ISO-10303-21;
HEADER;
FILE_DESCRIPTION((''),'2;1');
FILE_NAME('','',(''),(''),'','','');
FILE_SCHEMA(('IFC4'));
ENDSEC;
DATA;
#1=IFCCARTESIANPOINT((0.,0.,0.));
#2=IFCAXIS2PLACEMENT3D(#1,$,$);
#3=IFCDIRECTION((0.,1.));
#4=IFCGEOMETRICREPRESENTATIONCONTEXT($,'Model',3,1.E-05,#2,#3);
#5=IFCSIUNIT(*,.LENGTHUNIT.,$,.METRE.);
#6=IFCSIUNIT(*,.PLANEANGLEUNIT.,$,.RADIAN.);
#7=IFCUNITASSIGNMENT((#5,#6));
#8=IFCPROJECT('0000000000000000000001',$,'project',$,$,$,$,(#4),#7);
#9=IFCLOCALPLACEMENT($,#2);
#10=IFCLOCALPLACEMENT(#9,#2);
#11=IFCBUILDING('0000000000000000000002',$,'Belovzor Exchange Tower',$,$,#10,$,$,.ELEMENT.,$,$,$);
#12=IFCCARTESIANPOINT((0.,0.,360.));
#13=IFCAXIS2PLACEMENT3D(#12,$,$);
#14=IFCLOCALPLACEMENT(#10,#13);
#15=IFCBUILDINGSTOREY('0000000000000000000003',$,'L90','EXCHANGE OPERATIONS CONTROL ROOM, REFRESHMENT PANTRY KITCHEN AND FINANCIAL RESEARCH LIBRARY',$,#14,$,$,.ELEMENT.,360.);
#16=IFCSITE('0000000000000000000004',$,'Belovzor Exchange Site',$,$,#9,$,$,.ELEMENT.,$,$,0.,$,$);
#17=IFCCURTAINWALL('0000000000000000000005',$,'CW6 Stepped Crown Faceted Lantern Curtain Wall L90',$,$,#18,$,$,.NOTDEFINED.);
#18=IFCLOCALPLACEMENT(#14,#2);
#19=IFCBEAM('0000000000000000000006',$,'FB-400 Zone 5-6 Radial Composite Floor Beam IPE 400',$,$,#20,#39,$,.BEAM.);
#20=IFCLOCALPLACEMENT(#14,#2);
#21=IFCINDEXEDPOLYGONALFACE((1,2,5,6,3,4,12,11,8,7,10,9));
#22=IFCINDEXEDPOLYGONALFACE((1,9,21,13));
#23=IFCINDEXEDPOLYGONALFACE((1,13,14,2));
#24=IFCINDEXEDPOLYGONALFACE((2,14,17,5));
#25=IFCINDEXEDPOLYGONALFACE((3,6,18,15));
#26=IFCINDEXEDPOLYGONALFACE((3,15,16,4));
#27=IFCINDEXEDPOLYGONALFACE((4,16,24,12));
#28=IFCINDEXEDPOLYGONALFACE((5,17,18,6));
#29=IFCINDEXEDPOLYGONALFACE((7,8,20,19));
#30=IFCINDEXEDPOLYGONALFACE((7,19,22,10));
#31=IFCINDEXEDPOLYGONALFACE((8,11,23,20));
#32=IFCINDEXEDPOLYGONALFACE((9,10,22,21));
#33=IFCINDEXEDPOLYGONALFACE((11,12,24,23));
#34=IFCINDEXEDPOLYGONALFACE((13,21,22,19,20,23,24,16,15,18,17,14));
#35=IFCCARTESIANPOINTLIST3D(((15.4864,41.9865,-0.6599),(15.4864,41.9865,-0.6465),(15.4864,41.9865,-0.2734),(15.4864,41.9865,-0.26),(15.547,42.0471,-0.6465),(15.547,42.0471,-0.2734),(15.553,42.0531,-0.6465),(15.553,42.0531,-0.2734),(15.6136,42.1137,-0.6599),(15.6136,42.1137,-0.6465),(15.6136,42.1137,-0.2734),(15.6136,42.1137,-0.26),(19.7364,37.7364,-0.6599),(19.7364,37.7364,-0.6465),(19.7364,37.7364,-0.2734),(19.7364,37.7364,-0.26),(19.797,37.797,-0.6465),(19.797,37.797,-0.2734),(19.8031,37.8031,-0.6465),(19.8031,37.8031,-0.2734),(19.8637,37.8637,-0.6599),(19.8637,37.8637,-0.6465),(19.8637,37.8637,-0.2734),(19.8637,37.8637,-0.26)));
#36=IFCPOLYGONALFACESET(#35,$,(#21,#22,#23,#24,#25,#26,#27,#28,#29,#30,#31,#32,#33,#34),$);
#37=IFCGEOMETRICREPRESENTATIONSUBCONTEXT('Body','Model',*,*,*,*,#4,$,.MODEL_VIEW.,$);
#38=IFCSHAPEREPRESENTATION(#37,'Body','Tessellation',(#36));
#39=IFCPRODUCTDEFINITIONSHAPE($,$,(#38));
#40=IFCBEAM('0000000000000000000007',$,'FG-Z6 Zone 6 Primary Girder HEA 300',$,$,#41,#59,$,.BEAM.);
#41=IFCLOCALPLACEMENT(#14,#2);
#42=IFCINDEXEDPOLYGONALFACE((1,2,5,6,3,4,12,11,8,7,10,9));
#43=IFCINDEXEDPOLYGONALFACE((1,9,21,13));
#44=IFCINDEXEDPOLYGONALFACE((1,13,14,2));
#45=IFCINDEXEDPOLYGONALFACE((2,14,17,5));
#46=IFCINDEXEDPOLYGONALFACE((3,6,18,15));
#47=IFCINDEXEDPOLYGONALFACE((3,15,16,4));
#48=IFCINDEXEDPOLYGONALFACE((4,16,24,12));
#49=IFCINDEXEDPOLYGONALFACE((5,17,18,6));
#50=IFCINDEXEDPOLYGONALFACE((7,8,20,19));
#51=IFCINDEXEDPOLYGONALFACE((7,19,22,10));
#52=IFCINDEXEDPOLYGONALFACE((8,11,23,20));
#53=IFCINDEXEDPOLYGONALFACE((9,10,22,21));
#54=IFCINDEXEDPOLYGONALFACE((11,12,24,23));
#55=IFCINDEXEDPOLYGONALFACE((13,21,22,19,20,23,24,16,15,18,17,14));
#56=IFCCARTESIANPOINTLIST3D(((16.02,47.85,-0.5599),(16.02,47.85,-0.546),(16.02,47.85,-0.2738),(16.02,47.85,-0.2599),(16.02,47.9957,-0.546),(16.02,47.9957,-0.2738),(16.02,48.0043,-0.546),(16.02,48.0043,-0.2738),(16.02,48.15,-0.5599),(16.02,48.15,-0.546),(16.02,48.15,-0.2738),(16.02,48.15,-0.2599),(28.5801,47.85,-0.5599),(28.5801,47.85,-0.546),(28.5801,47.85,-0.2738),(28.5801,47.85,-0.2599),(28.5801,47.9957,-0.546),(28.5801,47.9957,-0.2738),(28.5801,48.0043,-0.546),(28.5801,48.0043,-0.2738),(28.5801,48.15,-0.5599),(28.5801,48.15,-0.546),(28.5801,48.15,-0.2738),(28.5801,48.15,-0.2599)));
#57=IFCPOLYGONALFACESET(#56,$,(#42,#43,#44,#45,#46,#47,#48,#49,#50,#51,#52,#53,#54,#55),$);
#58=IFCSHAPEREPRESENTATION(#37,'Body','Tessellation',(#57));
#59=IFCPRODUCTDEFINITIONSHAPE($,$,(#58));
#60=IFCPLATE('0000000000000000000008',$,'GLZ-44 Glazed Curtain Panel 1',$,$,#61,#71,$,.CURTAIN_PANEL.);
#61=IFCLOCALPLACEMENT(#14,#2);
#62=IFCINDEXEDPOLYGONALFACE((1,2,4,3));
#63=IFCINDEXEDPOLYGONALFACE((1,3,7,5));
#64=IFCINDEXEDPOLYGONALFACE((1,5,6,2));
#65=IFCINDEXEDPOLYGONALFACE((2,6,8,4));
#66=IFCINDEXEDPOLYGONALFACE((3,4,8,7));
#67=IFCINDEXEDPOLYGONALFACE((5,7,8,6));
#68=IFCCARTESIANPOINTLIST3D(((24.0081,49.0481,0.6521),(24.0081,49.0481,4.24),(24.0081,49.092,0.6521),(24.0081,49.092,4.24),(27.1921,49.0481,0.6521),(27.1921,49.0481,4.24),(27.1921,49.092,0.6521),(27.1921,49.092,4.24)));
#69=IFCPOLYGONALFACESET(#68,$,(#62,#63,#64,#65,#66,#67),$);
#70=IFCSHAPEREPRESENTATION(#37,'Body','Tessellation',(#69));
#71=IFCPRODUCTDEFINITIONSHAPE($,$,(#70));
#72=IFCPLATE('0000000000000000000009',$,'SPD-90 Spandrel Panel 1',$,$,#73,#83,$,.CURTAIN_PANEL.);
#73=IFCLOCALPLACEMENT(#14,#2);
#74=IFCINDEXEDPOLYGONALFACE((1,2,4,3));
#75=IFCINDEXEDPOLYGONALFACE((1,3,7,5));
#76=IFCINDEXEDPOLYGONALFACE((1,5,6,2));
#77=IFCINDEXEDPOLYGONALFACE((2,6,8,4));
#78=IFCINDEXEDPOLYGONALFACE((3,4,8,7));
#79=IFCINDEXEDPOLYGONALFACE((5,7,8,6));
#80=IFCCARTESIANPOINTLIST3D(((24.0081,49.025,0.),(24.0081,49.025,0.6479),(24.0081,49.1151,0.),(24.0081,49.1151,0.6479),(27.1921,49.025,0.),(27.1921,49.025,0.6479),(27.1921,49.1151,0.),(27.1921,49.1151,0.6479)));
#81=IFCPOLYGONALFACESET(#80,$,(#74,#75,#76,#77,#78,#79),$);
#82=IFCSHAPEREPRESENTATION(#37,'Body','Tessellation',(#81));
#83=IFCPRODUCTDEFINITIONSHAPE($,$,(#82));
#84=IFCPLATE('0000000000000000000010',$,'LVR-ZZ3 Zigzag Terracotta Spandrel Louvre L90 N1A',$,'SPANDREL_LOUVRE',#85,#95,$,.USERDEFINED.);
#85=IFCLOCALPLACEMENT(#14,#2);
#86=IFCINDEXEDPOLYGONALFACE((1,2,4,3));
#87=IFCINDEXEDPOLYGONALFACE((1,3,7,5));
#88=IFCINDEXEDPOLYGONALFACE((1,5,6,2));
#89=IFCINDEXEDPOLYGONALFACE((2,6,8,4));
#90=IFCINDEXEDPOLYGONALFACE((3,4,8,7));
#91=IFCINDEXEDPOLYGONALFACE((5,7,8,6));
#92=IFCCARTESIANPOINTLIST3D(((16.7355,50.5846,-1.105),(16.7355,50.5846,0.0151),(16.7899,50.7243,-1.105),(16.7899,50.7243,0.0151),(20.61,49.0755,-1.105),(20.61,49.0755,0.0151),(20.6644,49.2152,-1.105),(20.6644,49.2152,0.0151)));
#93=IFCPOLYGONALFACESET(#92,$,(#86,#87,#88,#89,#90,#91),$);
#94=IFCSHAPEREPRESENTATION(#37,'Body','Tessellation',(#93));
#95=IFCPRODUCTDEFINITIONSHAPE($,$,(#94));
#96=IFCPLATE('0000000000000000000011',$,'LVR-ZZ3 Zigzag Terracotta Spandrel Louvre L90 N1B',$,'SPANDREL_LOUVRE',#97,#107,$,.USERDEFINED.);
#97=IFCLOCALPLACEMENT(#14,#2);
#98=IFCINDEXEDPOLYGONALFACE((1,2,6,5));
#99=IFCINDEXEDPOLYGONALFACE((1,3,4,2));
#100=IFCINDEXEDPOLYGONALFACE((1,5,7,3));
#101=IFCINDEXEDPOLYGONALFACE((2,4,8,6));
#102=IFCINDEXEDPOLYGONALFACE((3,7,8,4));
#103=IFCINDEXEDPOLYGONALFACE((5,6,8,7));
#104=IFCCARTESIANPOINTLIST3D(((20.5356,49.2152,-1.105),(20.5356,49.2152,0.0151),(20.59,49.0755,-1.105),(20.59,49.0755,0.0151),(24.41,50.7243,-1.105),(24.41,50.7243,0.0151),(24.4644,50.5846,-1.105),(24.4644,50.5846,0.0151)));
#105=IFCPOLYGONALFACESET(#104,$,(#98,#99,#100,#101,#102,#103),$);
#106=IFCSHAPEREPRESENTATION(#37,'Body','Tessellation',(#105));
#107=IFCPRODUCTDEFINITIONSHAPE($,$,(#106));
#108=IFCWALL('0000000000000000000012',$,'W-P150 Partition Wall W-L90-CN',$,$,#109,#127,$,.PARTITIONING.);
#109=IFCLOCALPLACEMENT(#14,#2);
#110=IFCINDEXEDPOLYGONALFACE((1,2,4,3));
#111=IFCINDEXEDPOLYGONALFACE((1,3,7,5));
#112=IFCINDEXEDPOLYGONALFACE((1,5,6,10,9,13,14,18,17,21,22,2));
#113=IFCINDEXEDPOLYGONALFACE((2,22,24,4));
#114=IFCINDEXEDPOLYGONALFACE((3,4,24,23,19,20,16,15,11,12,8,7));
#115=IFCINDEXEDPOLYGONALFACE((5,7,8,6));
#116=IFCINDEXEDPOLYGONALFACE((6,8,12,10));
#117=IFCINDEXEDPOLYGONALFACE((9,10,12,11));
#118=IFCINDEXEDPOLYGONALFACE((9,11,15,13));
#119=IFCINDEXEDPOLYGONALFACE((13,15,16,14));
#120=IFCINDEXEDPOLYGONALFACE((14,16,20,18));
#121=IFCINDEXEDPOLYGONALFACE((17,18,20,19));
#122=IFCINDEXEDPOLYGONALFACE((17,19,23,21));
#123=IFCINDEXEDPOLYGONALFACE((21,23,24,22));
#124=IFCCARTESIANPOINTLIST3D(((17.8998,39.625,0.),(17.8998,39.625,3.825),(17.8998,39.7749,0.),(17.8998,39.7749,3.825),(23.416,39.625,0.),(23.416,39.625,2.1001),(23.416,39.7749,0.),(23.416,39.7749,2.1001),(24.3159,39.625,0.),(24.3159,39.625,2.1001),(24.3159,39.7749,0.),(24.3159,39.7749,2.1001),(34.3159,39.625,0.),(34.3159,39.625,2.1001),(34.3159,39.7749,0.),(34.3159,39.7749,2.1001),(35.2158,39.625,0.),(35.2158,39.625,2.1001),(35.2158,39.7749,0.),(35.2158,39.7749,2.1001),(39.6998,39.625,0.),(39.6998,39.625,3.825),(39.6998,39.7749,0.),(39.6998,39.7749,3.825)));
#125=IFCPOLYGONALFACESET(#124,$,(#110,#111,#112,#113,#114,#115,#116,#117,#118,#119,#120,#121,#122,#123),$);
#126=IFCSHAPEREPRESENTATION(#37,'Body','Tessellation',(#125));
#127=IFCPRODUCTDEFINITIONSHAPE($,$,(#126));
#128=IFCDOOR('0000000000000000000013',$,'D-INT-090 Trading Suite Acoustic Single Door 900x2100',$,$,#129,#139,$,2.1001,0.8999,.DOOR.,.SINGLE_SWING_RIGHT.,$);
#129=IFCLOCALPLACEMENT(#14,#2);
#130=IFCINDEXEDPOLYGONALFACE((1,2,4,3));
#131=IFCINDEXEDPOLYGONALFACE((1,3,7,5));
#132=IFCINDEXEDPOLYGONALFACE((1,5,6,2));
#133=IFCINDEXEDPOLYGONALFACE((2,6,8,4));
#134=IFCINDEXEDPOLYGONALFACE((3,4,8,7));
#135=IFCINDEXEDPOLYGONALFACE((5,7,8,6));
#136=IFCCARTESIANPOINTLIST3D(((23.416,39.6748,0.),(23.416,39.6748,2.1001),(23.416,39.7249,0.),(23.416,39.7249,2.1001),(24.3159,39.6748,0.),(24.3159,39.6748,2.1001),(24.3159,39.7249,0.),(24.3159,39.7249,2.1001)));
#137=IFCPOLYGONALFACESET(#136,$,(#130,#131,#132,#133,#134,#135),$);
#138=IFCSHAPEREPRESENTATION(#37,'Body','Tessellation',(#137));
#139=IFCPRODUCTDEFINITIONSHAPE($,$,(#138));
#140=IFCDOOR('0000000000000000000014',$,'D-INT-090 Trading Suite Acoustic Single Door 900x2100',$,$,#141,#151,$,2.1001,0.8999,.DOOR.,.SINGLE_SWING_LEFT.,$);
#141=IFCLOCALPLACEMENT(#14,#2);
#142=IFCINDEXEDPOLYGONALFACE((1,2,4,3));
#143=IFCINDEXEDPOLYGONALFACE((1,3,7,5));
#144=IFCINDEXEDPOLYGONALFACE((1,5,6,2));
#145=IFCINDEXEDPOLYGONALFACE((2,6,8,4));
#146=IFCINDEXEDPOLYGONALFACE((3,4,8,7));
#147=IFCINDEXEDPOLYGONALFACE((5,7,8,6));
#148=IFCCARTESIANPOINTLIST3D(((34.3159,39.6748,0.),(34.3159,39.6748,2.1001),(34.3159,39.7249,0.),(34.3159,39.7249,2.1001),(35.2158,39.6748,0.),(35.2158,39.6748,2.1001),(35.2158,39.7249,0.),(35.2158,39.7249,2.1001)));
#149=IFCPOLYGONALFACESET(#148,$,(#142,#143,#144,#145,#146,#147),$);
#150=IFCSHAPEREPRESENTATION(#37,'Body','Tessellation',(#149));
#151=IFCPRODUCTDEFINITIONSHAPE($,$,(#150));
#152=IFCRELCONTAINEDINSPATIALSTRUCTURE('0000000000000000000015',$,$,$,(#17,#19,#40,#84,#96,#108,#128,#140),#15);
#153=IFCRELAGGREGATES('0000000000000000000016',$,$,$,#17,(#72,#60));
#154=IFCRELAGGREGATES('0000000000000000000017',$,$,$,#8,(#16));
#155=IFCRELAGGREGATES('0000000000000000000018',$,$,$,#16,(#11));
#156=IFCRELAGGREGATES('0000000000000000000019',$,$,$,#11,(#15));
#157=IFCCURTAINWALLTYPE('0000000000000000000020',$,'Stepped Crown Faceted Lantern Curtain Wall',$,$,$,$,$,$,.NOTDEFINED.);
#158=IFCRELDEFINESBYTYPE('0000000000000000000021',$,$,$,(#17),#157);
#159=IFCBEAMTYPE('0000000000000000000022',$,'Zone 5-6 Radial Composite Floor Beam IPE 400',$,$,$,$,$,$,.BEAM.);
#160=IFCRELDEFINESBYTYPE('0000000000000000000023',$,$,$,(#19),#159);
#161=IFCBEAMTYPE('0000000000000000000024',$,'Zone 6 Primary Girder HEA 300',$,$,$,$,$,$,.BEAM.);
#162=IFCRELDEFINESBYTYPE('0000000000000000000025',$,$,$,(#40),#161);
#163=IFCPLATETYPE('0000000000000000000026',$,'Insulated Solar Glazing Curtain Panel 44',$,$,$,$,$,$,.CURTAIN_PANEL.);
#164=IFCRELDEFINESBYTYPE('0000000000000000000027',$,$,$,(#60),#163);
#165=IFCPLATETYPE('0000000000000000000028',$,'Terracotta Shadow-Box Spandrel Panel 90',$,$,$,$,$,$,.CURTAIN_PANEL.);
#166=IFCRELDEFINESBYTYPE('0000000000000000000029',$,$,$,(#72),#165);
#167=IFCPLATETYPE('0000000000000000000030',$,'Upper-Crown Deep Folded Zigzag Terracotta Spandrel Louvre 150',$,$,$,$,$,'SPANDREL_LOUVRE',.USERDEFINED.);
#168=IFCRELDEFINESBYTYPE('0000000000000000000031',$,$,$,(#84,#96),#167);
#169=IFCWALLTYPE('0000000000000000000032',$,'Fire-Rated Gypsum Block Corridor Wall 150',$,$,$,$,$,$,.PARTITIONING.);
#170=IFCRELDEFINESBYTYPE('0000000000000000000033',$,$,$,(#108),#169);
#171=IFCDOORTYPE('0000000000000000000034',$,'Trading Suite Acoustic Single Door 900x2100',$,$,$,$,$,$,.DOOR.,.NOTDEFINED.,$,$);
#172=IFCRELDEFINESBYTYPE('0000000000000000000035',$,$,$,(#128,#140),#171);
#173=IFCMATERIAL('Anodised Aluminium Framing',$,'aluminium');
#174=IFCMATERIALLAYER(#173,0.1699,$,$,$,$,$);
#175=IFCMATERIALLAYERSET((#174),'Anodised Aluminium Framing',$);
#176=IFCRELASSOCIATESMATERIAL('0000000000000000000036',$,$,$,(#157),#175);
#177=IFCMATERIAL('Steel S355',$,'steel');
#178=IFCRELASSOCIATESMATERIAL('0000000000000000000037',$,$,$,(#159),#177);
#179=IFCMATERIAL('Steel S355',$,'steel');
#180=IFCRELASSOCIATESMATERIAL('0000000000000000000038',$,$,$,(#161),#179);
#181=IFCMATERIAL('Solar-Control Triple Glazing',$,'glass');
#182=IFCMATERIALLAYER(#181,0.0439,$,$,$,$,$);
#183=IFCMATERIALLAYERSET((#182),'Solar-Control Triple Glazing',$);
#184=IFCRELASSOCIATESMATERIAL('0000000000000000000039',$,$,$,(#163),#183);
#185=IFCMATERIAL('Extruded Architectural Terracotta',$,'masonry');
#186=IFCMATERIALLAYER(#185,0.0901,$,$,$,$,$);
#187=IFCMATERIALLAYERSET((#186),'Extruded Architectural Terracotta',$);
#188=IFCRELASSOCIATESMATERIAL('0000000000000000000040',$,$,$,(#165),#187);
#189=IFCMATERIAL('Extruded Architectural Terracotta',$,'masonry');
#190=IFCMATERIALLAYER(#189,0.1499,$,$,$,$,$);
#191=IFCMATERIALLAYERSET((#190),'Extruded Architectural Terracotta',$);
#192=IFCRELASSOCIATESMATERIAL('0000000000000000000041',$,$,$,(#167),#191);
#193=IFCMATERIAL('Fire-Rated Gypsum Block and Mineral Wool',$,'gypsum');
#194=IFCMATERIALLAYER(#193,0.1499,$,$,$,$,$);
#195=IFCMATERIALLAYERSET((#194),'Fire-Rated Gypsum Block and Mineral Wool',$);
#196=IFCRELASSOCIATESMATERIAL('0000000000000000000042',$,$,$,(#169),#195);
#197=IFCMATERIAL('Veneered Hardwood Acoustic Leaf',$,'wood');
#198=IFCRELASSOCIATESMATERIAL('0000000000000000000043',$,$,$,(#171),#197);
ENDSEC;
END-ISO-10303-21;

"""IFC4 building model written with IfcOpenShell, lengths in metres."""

from ifc_helpers import new_model, si_unit, direction, frame, frame_2d, origin, origin_2d, place, context, subcontext, project, spatial, rectangle, i_section, extrude, material, layer, layer_set, material_profile, profile_set, type_object, element, fill, aggregate, save


model = new_model("IFC4")

# Units and contexts
model_context = context("Model", 3, precision=1e-05, world=origin(), true_north=direction((0.0, 1.0)))
body_context = subcontext(model_context, "Body", "Model", "MODEL_VIEW")
ifc_project = project(units=[si_unit("LENGTHUNIT", "METRE"), si_unit("PLANEANGLEUNIT", "RADIAN")], contexts=[model_context])

# Site, building, storey
site_placement = place(None, origin())
site = spatial("IfcSite", under=ifc_project, at=site_placement, Name="Belovzor Exchange Site", CompositionType="ELEMENT", RefElevation=0.0)
building_placement = place(site_placement, origin())
building = spatial("IfcBuilding", under=site, at=building_placement, Name="Belovzor Exchange Tower", CompositionType="ELEMENT")
storey_placement = place(building_placement, frame((0.0, 0.0, 360.0)))
storey = spatial("IfcBuildingStorey", under=building, at=storey_placement, Name="L90", Description="EXCHANGE OPERATIONS CONTROL ROOM, REFRESHMENT PANTRY KITCHEN AND FINANCIAL RESEARCH LIBRARY", CompositionType="ELEMENT", Elevation=360.0)

# Curtain wall
ifc_material_1 = material(Name="Anodised Aluminium Framing", Category="aluminium")
ifc_layer_1 = layer(ifc_material_1, 0.1699)
ifc_layer_set_1 = layer_set([ifc_layer_1], Name="Anodised Aluminium Framing")
curtain_wall_type = type_object("IfcCurtainWallType", Name="Stepped Crown Faceted Lantern Curtain Wall", PredefinedType="NOTDEFINED", material=ifc_layer_set_1)
curtain_wall_placement = place(storey_placement, origin())
curtain_wall = element("IfcCurtainWall", 1, at=curtain_wall_placement, inside=storey, type_object=curtain_wall_type, Name="CW6 Stepped Crown Faceted Lantern Curtain Wall L90", PredefinedType="NOTDEFINED")

# Beams
ifc_material_2 = material(Name="Steel S355", Category="steel")
ifc_material_profile_1 = material_profile(ifc_material_2, i_section(OverallWidth=0.1799, OverallDepth=0.3999, WebThickness=0.0085, FlangeThickness=0.0134, at=origin_2d()))
ifc_profile_set_1 = profile_set([ifc_material_profile_1], Name="Steel S355")
beam_type_1 = type_object("IfcBeamType", Name="Zone 5-6 Radial Composite Floor Beam IPE 400", PredefinedType="BEAM", material=ifc_profile_set_1)
beam_1_placement = place(storey_placement, frame((19.8, 37.8, -0.46), z_axis=(-0.707107, 0.707107, 0.0), x_axis=(-0.707107, -0.707107, 0.0)))
element("IfcBeam", 2, at=beam_1_placement, inside=storey, type_object=beam_type_1, Name="FB-400 Zone 5-6 Radial Composite Floor Beam IPE 400", PredefinedType="BEAM", context=body_context, shape_type="SweptSolid", body=[
    extrude(i_section(OverallWidth=0.1799, OverallDepth=0.3999, WebThickness=0.0085, FlangeThickness=0.0134, at=origin_2d()), origin(), (0.0, 0.0, 1.0), 6.0105),
])
ifc_material_3 = material(Name="Steel S355", Category="steel")
ifc_material_profile_2 = material_profile(ifc_material_3, i_section(OverallWidth=0.3, OverallDepth=0.3, WebThickness=0.0085, FlangeThickness=0.0139, at=origin_2d()))
ifc_profile_set_2 = profile_set([ifc_material_profile_2], Name="Steel S355")
beam_type_2 = type_object("IfcBeamType", Name="Zone 6 Primary Girder HEA 300", PredefinedType="BEAM", material=ifc_profile_set_2)
beam_2_placement = place(storey_placement, frame((28.5801, 48.0, -0.4099), z_axis=(-1.0, 0.0, 0.0), x_axis=(0.0, -1.0, 0.0)))
element("IfcBeam", 3, at=beam_2_placement, inside=storey, type_object=beam_type_2, Name="FG-Z6 Zone 6 Primary Girder HEA 300", PredefinedType="BEAM", context=body_context, shape_type="SweptSolid", body=[
    extrude(i_section(OverallWidth=0.3, OverallDepth=0.3, WebThickness=0.0085, FlangeThickness=0.0139, at=origin_2d()), origin(), (0.0, 0.0, 1.0), 12.5601),
])

# Plates
ifc_material_4 = material(Name="Solar-Control Triple Glazing", Category="glass")
ifc_layer_2 = layer(ifc_material_4, 0.0439)
ifc_layer_set_2 = layer_set([ifc_layer_2], Name="Solar-Control Triple Glazing")
plate_type_1 = type_object("IfcPlateType", Name="Insulated Solar Glazing Curtain Panel 44", PredefinedType="CURTAIN_PANEL", material=ifc_layer_set_2)
plate_1_placement = place(storey_placement, frame((25.6001, 49.0701, 0.6521), z_axis=(0.0, 0.0, 1.0), x_axis=(1.0, 0.0, 0.0)))
plate_1 = element("IfcPlate", 4, at=plate_1_placement, type_object=plate_type_1, Name="GLZ-44 Glazed Curtain Panel 1", PredefinedType="CURTAIN_PANEL", context=body_context, shape_type="SweptSolid", body=[
    extrude(rectangle(XDim=3.1841, YDim=0.0439, at=origin_2d()), origin(), (0.0, 0.0, 1.0), 3.5879),
])
ifc_material_5 = material(Name="Extruded Architectural Terracotta", Category="masonry")
ifc_layer_3 = layer(ifc_material_5, 0.0901)
ifc_layer_set_3 = layer_set([ifc_layer_3], Name="Extruded Architectural Terracotta")
plate_type_2 = type_object("IfcPlateType", Name="Terracotta Shadow-Box Spandrel Panel 90", PredefinedType="CURTAIN_PANEL", material=ifc_layer_set_3)
plate_2_placement = place(storey_placement, frame((25.6001, 49.0701, 0.0), z_axis=(0.0, 0.0, 1.0), x_axis=(1.0, 0.0, 0.0)))
plate_2 = element("IfcPlate", 5, at=plate_2_placement, type_object=plate_type_2, Name="SPD-90 Spandrel Panel 1", PredefinedType="CURTAIN_PANEL", context=body_context, shape_type="SweptSolid", body=[
    extrude(rectangle(XDim=3.1841, YDim=0.0901, at=origin_2d()), origin(), (0.0, 0.0, 1.0), 0.6479),
])
aggregate(curtain_wall, [plate_2, plate_1])

# Plates
ifc_material_6 = material(Name="Extruded Architectural Terracotta", Category="masonry")
ifc_layer_4 = layer(ifc_material_6, 0.1499)
ifc_layer_set_4 = layer_set([ifc_layer_4], Name="Extruded Architectural Terracotta")
plate_type_3 = type_object("IfcPlateType", Name="Upper-Crown Deep Folded Zigzag Terracotta Spandrel Louvre 150", ElementType="SPANDREL_LOUVRE", PredefinedType="USERDEFINED", material=ifc_layer_set_4)
for number, where, z_axis, x_axis, name in (
    (6, (18.7, 49.8999, -1.105), (0.0, 0.0, 1.0), (0.931818, -0.362926, 0.0), "LVR-ZZ3 Zigzag Terracotta Spandrel Louvre L90 N1A"),
    (7, (22.5, 49.8999, -1.105), (0.0, 0.0, 1.0), (0.931818, 0.362926, 0.0), "LVR-ZZ3 Zigzag Terracotta Spandrel Louvre L90 N1B"),
):
    element("IfcPlate", number, at=place(storey_placement, frame(where, z_axis=z_axis, x_axis=x_axis)), inside=storey, type_object=plate_type_3, Name=name, ObjectType="SPANDREL_LOUVRE", PredefinedType="USERDEFINED", context=body_context, shape_type="SweptSolid", body=[
        extrude(rectangle(XDim=4.158, YDim=0.1499, at=origin_2d()), origin(), (0.0, 0.0, 1.0), 1.1201),
    ])

# Wall, openings, doors
ifc_material_7 = material(Name="Fire-Rated Gypsum Block and Mineral Wool", Category="gypsum")
ifc_layer_5 = layer(ifc_material_7, 0.1499)
ifc_layer_set_5 = layer_set([ifc_layer_5], Name="Fire-Rated Gypsum Block and Mineral Wool")
wall_type_1 = type_object("IfcWallType", Name="Fire-Rated Gypsum Block Corridor Wall 150", PredefinedType="PARTITIONING", material=ifc_layer_set_5)
wall_1_placement = place(storey_placement, frame((17.8999, 39.7, 0.0), z_axis=(0.0, 0.0, 1.0), x_axis=(1.0, 0.0, 0.0)))
wall_1 = element("IfcWall", 8, at=wall_1_placement, inside=storey, type_object=wall_type_1, Name="W-P150 Partition Wall W-L90-CN", PredefinedType="PARTITIONING", context=body_context, shape_type="SweptSolid", body=[
    extrude(rectangle(XDim=21.8, YDim=0.1499, at=frame_2d((10.8999, 0.0))), origin(), (0.0, 0.0, 1.0), 3.825),
])
opening_1_placement = place(wall_1_placement, frame((5.5161, 0.0, 0.0)))
opening_1 = element("IfcOpeningElement", 9, at=opening_1_placement, cuts=wall_1, PredefinedType="OPENING", context=body_context, shape_type="SweptSolid", body=[
    extrude(rectangle(XDim=0.8999, YDim=2.1001, at=frame_2d((0.45, 1.05))), frame((0.0, 0.085, 0.0), z_axis=(0.0, -1.0, 0.0), x_axis=(1.0, 0.0, 0.0)), (0.0, 0.0, 1.0), 0.1699),
])
opening_2_placement = place(wall_1_placement, frame((16.416, 0.0, 0.0)))
opening_2 = element("IfcOpeningElement", 10, at=opening_2_placement, cuts=wall_1, PredefinedType="OPENING", context=body_context, shape_type="SweptSolid", body=[
    extrude(rectangle(XDim=0.8999, YDim=2.1001, at=frame_2d((0.45, 1.05))), frame((0.0, 0.085, 0.0), z_axis=(0.0, -1.0, 0.0), x_axis=(1.0, 0.0, 0.0)), (0.0, 0.0, 1.0), 0.1699),
])
ifc_material_8 = material(Name="Veneered Hardwood Acoustic Leaf", Category="wood")
door_type_1 = type_object("IfcDoorType", Name="Trading Suite Acoustic Single Door 900x2100", OperationType="NOTDEFINED", PredefinedType="DOOR", material=ifc_material_8)
door_1_placement = place(opening_1_placement, origin())
door_1 = element("IfcDoor", 11, at=door_1_placement, inside=storey, type_object=door_type_1, Name="D-INT-090 Trading Suite Acoustic Single Door 900x2100", OperationType="SINGLE_SWING_RIGHT", OverallHeight=2.1001, OverallWidth=0.8999, PredefinedType="DOOR", context=body_context, shape_type="SweptSolid", body=[
    extrude(rectangle(XDim=0.8999, YDim=2.1001, at=frame_2d((0.45, 1.05))), frame((0.0, 0.0249, 0.0), z_axis=(0.0, -1.0, 0.0), x_axis=(1.0, 0.0, 0.0)), (0.0, 0.0, 1.0), 0.05),
])
fill(opening_1, door_1)
door_2_placement = place(opening_2_placement, origin())
door_2 = element("IfcDoor", 12, at=door_2_placement, inside=storey, type_object=door_type_1, Name="D-INT-090 Trading Suite Acoustic Single Door 900x2100", OperationType="SINGLE_SWING_LEFT", OverallHeight=2.1001, OverallWidth=0.8999, PredefinedType="DOOR", context=body_context, shape_type="SweptSolid", body=[
    extrude(rectangle(XDim=0.8999, YDim=2.1001, at=frame_2d((0.45, 1.05))), frame((0.0, 0.0249, 0.0), z_axis=(0.0, -1.0, 0.0), x_axis=(1.0, 0.0, 0.0)), (0.0, 0.0, 1.0), 0.05),
])
fill(opening_2, door_2)

save(model, "model.ifc")
